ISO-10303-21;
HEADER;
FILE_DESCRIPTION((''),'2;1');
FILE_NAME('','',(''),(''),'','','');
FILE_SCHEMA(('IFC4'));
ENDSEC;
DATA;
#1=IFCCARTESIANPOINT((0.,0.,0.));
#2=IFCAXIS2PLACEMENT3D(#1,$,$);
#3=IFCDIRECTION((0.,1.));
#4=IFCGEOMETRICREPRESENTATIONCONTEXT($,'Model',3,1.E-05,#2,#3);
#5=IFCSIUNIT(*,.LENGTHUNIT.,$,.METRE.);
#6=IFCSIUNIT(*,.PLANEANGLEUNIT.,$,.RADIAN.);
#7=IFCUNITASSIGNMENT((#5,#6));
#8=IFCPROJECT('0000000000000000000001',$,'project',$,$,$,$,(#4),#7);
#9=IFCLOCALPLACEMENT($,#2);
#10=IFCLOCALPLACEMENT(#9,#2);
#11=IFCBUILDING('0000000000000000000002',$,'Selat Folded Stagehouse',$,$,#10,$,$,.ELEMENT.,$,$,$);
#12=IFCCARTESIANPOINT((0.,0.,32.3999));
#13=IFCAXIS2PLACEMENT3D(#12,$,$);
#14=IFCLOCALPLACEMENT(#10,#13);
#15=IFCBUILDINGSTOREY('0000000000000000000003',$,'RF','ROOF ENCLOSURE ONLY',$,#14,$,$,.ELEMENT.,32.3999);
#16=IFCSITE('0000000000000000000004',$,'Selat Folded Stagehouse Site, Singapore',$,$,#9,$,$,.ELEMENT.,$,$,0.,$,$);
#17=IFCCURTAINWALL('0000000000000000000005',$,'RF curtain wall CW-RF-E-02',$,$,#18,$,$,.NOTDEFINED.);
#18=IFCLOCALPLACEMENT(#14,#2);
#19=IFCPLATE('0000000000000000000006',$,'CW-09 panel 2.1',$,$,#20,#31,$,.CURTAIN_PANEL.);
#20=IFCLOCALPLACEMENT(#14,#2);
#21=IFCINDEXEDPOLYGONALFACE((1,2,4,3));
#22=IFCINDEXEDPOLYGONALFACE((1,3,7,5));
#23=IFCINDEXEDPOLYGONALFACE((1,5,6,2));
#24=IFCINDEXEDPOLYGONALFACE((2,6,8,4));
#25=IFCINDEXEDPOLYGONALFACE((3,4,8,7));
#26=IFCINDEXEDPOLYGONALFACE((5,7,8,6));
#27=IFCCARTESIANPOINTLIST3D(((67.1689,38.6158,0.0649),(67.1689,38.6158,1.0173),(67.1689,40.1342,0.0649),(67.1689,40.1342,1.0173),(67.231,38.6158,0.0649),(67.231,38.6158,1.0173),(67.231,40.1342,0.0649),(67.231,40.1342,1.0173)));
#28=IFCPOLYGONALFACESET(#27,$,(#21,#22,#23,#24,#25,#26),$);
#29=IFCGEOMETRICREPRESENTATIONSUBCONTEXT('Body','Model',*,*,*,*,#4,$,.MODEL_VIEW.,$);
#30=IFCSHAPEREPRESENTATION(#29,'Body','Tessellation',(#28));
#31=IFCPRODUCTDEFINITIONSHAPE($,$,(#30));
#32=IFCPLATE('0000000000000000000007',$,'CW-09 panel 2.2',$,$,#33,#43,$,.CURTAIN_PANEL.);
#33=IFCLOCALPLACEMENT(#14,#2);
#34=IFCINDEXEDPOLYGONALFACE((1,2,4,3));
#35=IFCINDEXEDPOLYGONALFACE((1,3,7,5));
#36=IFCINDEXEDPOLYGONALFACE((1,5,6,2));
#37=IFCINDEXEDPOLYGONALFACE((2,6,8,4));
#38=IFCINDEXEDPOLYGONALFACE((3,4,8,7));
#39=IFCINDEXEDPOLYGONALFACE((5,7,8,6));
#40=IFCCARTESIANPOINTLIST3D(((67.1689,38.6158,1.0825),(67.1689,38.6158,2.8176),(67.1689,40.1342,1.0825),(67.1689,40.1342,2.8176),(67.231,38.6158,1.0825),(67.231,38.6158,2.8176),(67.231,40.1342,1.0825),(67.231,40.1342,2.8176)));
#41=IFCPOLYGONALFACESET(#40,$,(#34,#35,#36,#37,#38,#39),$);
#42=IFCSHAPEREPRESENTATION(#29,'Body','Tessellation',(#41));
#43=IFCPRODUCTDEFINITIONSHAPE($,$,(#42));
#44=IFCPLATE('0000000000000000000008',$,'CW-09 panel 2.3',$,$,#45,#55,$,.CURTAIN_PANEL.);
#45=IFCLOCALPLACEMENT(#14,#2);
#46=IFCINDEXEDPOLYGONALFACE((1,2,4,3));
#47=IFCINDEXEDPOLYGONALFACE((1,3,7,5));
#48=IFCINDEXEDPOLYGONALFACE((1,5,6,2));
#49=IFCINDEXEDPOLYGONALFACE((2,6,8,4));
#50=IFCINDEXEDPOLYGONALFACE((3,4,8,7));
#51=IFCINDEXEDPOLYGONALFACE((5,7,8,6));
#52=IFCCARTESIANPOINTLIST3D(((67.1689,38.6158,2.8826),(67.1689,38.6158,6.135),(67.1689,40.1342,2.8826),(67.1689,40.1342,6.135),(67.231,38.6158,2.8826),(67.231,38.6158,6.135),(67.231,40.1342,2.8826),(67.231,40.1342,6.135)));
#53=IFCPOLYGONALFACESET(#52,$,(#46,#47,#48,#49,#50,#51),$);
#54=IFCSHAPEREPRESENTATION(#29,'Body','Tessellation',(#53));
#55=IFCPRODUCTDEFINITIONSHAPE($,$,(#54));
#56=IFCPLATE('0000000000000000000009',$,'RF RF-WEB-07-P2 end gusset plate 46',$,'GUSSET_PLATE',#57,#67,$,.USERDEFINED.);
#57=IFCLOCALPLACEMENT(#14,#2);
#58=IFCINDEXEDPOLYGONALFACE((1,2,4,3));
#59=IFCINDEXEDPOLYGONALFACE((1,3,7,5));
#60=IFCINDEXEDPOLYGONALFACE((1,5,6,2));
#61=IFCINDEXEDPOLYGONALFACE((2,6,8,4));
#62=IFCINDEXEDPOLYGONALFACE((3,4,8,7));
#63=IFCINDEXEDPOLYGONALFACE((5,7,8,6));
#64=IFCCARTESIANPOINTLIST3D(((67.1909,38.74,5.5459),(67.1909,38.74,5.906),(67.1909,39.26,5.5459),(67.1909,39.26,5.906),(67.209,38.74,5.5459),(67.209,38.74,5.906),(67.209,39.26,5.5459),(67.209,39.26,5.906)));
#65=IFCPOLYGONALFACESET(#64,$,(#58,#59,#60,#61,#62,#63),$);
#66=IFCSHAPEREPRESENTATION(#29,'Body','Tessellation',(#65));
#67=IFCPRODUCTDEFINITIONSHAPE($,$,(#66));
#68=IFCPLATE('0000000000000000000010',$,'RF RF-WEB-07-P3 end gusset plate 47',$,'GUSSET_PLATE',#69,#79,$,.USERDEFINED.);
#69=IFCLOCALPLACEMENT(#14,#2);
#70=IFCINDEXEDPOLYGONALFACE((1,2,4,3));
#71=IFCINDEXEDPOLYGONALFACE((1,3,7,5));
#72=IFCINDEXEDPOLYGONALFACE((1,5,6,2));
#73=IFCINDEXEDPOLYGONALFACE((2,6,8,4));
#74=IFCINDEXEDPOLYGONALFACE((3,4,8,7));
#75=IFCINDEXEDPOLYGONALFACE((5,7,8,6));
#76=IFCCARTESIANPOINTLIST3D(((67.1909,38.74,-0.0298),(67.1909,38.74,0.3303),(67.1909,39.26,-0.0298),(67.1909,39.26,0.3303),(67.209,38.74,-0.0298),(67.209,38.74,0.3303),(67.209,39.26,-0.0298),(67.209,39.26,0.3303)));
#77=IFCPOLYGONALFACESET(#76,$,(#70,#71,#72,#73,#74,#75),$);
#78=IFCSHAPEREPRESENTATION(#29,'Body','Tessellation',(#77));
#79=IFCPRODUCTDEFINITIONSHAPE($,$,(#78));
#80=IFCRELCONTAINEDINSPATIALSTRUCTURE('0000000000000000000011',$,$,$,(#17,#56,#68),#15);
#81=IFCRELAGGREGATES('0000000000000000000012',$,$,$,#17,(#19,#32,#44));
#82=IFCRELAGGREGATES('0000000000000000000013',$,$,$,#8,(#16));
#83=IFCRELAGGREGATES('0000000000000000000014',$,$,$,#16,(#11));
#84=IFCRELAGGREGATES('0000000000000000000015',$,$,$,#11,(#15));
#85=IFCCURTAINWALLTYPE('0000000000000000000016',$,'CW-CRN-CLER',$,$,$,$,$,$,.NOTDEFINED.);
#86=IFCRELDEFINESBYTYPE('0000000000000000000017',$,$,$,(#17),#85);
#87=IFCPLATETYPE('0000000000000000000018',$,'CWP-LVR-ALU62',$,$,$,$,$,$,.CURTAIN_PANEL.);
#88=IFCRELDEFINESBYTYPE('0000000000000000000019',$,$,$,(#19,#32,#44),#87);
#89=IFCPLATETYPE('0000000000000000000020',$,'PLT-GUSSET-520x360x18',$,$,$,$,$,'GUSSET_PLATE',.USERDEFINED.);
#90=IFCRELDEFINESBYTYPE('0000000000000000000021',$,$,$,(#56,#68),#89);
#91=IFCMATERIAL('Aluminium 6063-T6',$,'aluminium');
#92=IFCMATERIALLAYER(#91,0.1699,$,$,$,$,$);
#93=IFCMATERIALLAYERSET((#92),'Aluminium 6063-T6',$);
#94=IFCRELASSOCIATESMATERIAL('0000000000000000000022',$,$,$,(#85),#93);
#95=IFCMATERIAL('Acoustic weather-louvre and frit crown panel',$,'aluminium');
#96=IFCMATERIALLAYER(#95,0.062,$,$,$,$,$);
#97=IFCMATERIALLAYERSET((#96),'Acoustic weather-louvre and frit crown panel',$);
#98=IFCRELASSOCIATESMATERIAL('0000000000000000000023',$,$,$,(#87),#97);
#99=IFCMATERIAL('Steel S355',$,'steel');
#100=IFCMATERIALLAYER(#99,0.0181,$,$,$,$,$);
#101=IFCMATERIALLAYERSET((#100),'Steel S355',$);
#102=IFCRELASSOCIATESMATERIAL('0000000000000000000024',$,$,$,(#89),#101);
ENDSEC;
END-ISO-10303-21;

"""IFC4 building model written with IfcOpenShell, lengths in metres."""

from ifc_helpers import new_model, si_unit, direction, frame, origin, origin_2d, place, context, subcontext, project, spatial, rectangle, extrude, material, layer, layer_set, type_object, element, aggregate, save


model = new_model("IFC4")

# Units and contexts
model_context = context("Model", 3, precision=1e-05, world=origin(), true_north=direction((0.0, 1.0)))
body_context = subcontext(model_context, "Body", "Model", "MODEL_VIEW")
ifc_project = project(units=[si_unit("LENGTHUNIT", "METRE"), si_unit("PLANEANGLEUNIT", "RADIAN")], contexts=[model_context])

# Site, building, storey
site_placement = place(None, origin())
site = spatial("IfcSite", under=ifc_project, at=site_placement, Name="Selat Folded Stagehouse Site, Singapore", CompositionType="ELEMENT", RefElevation=0.0)
building_placement = place(site_placement, origin())
building = spatial("IfcBuilding", under=site, at=building_placement, Name="Selat Folded Stagehouse", CompositionType="ELEMENT")
storey_placement = place(building_placement, frame((0.0, 0.0, 32.3999)))
storey = spatial("IfcBuildingStorey", under=building, at=storey_placement, Name="RF", Description="ROOF ENCLOSURE ONLY", CompositionType="ELEMENT", Elevation=32.3999)

# Curtain wall
ifc_material_1 = material(Name="Aluminium 6063-T6", Category="aluminium")
ifc_layer_1 = layer(ifc_material_1, 0.1699)
ifc_layer_set_1 = layer_set([ifc_layer_1], Name="Aluminium 6063-T6")
curtain_wall_type = type_object("IfcCurtainWallType", Name="CW-CRN-CLER", PredefinedType="NOTDEFINED", material=ifc_layer_set_1)
curtain_wall_1_placement = place(storey_placement, origin())
curtain_wall_1 = element("IfcCurtainWall", 1, at=curtain_wall_1_placement, inside=storey, type_object=curtain_wall_type, Name="RF curtain wall CW-RF-E-02", PredefinedType="NOTDEFINED")

# Shared definitions
ifc_material_2 = material(Name="Steel S355", Category="steel")

# Plates
ifc_material_3 = material(Name="Acoustic weather-louvre and frit crown panel", Category="aluminium")
ifc_layer_2 = layer(ifc_material_3, 0.062)
ifc_layer_set_2 = layer_set([ifc_layer_2], Name="Acoustic weather-louvre and frit crown panel")
plate_type_1 = type_object("IfcPlateType", Name="CWP-LVR-ALU62", PredefinedType="CURTAIN_PANEL", material=ifc_layer_set_2)
plate_1_placement = place(storey_placement, frame((67.2, 39.375, 0.0649), z_axis=(0.0, 0.0, 1.0), x_axis=(0.0, -1.0, 0.0)))
plate_1 = element("IfcPlate", 2, at=plate_1_placement, type_object=plate_type_1, Name="CW-09 panel 2.1", PredefinedType="CURTAIN_PANEL", context=body_context, shape_type="SweptSolid", body=[
    extrude(rectangle(XDim=1.5183, YDim=0.062, at=origin_2d()), origin(), (0.0, 0.0, 1.0), 0.9524),
])
plate_2_placement = place(storey_placement, frame((67.2, 39.375, 1.0825), z_axis=(0.0, 0.0, 1.0), x_axis=(0.0, -1.0, 0.0)))
plate_2 = element("IfcPlate", 3, at=plate_2_placement, type_object=plate_type_1, Name="CW-09 panel 2.2", PredefinedType="CURTAIN_PANEL", context=body_context, shape_type="SweptSolid", body=[
    extrude(rectangle(XDim=1.5183, YDim=0.062, at=origin_2d()), origin(), (0.0, 0.0, 1.0), 1.7351),
])
plate_3_placement = place(storey_placement, frame((67.2, 39.375, 2.8826), z_axis=(0.0, 0.0, 1.0), x_axis=(0.0, -1.0, 0.0)))
plate_3 = element("IfcPlate", 4, at=plate_3_placement, type_object=plate_type_1, Name="CW-09 panel 2.3", PredefinedType="CURTAIN_PANEL", context=body_context, shape_type="SweptSolid", body=[
    extrude(rectangle(XDim=1.5183, YDim=0.062, at=origin_2d()), origin(), (0.0, 0.0, 1.0), 3.2524),
])
aggregate(curtain_wall_1, [plate_1, plate_2, plate_3])

# Plates
ifc_layer_3 = layer(ifc_material_2, 0.0181)
ifc_layer_set_3 = layer_set([ifc_layer_3], Name="Steel S355")
plate_type_2 = type_object("IfcPlateType", Name="PLT-GUSSET-520x360x18", ElementType="GUSSET_PLATE", PredefinedType="USERDEFINED", material=ifc_layer_set_3)
for number, where, z_axis, x_axis, name in (
    (5, (67.2, 39.0, 5.5459), (0.0, 0.0, 1.0), (0.0, 1.0, 0.0), "RF RF-WEB-07-P2 end gusset plate 46"),
    (6, (67.2, 39.0, -0.0298), (0.0, 0.0, 1.0), (0.0, 1.0, 0.0), "RF RF-WEB-07-P3 end gusset plate 47"),
):
    element("IfcPlate", number, at=place(storey_placement, frame(where, z_axis=z_axis, x_axis=x_axis)), inside=storey, type_object=plate_type_2, Name=name, ObjectType="GUSSET_PLATE", PredefinedType="USERDEFINED", context=body_context, shape_type="SweptSolid", body=[
        extrude(rectangle(XDim=0.52, YDim=0.0181, at=origin_2d()), origin(), (0.0, 0.0, 1.0), 0.3601),
    ])

save(model, "model.ifc")
